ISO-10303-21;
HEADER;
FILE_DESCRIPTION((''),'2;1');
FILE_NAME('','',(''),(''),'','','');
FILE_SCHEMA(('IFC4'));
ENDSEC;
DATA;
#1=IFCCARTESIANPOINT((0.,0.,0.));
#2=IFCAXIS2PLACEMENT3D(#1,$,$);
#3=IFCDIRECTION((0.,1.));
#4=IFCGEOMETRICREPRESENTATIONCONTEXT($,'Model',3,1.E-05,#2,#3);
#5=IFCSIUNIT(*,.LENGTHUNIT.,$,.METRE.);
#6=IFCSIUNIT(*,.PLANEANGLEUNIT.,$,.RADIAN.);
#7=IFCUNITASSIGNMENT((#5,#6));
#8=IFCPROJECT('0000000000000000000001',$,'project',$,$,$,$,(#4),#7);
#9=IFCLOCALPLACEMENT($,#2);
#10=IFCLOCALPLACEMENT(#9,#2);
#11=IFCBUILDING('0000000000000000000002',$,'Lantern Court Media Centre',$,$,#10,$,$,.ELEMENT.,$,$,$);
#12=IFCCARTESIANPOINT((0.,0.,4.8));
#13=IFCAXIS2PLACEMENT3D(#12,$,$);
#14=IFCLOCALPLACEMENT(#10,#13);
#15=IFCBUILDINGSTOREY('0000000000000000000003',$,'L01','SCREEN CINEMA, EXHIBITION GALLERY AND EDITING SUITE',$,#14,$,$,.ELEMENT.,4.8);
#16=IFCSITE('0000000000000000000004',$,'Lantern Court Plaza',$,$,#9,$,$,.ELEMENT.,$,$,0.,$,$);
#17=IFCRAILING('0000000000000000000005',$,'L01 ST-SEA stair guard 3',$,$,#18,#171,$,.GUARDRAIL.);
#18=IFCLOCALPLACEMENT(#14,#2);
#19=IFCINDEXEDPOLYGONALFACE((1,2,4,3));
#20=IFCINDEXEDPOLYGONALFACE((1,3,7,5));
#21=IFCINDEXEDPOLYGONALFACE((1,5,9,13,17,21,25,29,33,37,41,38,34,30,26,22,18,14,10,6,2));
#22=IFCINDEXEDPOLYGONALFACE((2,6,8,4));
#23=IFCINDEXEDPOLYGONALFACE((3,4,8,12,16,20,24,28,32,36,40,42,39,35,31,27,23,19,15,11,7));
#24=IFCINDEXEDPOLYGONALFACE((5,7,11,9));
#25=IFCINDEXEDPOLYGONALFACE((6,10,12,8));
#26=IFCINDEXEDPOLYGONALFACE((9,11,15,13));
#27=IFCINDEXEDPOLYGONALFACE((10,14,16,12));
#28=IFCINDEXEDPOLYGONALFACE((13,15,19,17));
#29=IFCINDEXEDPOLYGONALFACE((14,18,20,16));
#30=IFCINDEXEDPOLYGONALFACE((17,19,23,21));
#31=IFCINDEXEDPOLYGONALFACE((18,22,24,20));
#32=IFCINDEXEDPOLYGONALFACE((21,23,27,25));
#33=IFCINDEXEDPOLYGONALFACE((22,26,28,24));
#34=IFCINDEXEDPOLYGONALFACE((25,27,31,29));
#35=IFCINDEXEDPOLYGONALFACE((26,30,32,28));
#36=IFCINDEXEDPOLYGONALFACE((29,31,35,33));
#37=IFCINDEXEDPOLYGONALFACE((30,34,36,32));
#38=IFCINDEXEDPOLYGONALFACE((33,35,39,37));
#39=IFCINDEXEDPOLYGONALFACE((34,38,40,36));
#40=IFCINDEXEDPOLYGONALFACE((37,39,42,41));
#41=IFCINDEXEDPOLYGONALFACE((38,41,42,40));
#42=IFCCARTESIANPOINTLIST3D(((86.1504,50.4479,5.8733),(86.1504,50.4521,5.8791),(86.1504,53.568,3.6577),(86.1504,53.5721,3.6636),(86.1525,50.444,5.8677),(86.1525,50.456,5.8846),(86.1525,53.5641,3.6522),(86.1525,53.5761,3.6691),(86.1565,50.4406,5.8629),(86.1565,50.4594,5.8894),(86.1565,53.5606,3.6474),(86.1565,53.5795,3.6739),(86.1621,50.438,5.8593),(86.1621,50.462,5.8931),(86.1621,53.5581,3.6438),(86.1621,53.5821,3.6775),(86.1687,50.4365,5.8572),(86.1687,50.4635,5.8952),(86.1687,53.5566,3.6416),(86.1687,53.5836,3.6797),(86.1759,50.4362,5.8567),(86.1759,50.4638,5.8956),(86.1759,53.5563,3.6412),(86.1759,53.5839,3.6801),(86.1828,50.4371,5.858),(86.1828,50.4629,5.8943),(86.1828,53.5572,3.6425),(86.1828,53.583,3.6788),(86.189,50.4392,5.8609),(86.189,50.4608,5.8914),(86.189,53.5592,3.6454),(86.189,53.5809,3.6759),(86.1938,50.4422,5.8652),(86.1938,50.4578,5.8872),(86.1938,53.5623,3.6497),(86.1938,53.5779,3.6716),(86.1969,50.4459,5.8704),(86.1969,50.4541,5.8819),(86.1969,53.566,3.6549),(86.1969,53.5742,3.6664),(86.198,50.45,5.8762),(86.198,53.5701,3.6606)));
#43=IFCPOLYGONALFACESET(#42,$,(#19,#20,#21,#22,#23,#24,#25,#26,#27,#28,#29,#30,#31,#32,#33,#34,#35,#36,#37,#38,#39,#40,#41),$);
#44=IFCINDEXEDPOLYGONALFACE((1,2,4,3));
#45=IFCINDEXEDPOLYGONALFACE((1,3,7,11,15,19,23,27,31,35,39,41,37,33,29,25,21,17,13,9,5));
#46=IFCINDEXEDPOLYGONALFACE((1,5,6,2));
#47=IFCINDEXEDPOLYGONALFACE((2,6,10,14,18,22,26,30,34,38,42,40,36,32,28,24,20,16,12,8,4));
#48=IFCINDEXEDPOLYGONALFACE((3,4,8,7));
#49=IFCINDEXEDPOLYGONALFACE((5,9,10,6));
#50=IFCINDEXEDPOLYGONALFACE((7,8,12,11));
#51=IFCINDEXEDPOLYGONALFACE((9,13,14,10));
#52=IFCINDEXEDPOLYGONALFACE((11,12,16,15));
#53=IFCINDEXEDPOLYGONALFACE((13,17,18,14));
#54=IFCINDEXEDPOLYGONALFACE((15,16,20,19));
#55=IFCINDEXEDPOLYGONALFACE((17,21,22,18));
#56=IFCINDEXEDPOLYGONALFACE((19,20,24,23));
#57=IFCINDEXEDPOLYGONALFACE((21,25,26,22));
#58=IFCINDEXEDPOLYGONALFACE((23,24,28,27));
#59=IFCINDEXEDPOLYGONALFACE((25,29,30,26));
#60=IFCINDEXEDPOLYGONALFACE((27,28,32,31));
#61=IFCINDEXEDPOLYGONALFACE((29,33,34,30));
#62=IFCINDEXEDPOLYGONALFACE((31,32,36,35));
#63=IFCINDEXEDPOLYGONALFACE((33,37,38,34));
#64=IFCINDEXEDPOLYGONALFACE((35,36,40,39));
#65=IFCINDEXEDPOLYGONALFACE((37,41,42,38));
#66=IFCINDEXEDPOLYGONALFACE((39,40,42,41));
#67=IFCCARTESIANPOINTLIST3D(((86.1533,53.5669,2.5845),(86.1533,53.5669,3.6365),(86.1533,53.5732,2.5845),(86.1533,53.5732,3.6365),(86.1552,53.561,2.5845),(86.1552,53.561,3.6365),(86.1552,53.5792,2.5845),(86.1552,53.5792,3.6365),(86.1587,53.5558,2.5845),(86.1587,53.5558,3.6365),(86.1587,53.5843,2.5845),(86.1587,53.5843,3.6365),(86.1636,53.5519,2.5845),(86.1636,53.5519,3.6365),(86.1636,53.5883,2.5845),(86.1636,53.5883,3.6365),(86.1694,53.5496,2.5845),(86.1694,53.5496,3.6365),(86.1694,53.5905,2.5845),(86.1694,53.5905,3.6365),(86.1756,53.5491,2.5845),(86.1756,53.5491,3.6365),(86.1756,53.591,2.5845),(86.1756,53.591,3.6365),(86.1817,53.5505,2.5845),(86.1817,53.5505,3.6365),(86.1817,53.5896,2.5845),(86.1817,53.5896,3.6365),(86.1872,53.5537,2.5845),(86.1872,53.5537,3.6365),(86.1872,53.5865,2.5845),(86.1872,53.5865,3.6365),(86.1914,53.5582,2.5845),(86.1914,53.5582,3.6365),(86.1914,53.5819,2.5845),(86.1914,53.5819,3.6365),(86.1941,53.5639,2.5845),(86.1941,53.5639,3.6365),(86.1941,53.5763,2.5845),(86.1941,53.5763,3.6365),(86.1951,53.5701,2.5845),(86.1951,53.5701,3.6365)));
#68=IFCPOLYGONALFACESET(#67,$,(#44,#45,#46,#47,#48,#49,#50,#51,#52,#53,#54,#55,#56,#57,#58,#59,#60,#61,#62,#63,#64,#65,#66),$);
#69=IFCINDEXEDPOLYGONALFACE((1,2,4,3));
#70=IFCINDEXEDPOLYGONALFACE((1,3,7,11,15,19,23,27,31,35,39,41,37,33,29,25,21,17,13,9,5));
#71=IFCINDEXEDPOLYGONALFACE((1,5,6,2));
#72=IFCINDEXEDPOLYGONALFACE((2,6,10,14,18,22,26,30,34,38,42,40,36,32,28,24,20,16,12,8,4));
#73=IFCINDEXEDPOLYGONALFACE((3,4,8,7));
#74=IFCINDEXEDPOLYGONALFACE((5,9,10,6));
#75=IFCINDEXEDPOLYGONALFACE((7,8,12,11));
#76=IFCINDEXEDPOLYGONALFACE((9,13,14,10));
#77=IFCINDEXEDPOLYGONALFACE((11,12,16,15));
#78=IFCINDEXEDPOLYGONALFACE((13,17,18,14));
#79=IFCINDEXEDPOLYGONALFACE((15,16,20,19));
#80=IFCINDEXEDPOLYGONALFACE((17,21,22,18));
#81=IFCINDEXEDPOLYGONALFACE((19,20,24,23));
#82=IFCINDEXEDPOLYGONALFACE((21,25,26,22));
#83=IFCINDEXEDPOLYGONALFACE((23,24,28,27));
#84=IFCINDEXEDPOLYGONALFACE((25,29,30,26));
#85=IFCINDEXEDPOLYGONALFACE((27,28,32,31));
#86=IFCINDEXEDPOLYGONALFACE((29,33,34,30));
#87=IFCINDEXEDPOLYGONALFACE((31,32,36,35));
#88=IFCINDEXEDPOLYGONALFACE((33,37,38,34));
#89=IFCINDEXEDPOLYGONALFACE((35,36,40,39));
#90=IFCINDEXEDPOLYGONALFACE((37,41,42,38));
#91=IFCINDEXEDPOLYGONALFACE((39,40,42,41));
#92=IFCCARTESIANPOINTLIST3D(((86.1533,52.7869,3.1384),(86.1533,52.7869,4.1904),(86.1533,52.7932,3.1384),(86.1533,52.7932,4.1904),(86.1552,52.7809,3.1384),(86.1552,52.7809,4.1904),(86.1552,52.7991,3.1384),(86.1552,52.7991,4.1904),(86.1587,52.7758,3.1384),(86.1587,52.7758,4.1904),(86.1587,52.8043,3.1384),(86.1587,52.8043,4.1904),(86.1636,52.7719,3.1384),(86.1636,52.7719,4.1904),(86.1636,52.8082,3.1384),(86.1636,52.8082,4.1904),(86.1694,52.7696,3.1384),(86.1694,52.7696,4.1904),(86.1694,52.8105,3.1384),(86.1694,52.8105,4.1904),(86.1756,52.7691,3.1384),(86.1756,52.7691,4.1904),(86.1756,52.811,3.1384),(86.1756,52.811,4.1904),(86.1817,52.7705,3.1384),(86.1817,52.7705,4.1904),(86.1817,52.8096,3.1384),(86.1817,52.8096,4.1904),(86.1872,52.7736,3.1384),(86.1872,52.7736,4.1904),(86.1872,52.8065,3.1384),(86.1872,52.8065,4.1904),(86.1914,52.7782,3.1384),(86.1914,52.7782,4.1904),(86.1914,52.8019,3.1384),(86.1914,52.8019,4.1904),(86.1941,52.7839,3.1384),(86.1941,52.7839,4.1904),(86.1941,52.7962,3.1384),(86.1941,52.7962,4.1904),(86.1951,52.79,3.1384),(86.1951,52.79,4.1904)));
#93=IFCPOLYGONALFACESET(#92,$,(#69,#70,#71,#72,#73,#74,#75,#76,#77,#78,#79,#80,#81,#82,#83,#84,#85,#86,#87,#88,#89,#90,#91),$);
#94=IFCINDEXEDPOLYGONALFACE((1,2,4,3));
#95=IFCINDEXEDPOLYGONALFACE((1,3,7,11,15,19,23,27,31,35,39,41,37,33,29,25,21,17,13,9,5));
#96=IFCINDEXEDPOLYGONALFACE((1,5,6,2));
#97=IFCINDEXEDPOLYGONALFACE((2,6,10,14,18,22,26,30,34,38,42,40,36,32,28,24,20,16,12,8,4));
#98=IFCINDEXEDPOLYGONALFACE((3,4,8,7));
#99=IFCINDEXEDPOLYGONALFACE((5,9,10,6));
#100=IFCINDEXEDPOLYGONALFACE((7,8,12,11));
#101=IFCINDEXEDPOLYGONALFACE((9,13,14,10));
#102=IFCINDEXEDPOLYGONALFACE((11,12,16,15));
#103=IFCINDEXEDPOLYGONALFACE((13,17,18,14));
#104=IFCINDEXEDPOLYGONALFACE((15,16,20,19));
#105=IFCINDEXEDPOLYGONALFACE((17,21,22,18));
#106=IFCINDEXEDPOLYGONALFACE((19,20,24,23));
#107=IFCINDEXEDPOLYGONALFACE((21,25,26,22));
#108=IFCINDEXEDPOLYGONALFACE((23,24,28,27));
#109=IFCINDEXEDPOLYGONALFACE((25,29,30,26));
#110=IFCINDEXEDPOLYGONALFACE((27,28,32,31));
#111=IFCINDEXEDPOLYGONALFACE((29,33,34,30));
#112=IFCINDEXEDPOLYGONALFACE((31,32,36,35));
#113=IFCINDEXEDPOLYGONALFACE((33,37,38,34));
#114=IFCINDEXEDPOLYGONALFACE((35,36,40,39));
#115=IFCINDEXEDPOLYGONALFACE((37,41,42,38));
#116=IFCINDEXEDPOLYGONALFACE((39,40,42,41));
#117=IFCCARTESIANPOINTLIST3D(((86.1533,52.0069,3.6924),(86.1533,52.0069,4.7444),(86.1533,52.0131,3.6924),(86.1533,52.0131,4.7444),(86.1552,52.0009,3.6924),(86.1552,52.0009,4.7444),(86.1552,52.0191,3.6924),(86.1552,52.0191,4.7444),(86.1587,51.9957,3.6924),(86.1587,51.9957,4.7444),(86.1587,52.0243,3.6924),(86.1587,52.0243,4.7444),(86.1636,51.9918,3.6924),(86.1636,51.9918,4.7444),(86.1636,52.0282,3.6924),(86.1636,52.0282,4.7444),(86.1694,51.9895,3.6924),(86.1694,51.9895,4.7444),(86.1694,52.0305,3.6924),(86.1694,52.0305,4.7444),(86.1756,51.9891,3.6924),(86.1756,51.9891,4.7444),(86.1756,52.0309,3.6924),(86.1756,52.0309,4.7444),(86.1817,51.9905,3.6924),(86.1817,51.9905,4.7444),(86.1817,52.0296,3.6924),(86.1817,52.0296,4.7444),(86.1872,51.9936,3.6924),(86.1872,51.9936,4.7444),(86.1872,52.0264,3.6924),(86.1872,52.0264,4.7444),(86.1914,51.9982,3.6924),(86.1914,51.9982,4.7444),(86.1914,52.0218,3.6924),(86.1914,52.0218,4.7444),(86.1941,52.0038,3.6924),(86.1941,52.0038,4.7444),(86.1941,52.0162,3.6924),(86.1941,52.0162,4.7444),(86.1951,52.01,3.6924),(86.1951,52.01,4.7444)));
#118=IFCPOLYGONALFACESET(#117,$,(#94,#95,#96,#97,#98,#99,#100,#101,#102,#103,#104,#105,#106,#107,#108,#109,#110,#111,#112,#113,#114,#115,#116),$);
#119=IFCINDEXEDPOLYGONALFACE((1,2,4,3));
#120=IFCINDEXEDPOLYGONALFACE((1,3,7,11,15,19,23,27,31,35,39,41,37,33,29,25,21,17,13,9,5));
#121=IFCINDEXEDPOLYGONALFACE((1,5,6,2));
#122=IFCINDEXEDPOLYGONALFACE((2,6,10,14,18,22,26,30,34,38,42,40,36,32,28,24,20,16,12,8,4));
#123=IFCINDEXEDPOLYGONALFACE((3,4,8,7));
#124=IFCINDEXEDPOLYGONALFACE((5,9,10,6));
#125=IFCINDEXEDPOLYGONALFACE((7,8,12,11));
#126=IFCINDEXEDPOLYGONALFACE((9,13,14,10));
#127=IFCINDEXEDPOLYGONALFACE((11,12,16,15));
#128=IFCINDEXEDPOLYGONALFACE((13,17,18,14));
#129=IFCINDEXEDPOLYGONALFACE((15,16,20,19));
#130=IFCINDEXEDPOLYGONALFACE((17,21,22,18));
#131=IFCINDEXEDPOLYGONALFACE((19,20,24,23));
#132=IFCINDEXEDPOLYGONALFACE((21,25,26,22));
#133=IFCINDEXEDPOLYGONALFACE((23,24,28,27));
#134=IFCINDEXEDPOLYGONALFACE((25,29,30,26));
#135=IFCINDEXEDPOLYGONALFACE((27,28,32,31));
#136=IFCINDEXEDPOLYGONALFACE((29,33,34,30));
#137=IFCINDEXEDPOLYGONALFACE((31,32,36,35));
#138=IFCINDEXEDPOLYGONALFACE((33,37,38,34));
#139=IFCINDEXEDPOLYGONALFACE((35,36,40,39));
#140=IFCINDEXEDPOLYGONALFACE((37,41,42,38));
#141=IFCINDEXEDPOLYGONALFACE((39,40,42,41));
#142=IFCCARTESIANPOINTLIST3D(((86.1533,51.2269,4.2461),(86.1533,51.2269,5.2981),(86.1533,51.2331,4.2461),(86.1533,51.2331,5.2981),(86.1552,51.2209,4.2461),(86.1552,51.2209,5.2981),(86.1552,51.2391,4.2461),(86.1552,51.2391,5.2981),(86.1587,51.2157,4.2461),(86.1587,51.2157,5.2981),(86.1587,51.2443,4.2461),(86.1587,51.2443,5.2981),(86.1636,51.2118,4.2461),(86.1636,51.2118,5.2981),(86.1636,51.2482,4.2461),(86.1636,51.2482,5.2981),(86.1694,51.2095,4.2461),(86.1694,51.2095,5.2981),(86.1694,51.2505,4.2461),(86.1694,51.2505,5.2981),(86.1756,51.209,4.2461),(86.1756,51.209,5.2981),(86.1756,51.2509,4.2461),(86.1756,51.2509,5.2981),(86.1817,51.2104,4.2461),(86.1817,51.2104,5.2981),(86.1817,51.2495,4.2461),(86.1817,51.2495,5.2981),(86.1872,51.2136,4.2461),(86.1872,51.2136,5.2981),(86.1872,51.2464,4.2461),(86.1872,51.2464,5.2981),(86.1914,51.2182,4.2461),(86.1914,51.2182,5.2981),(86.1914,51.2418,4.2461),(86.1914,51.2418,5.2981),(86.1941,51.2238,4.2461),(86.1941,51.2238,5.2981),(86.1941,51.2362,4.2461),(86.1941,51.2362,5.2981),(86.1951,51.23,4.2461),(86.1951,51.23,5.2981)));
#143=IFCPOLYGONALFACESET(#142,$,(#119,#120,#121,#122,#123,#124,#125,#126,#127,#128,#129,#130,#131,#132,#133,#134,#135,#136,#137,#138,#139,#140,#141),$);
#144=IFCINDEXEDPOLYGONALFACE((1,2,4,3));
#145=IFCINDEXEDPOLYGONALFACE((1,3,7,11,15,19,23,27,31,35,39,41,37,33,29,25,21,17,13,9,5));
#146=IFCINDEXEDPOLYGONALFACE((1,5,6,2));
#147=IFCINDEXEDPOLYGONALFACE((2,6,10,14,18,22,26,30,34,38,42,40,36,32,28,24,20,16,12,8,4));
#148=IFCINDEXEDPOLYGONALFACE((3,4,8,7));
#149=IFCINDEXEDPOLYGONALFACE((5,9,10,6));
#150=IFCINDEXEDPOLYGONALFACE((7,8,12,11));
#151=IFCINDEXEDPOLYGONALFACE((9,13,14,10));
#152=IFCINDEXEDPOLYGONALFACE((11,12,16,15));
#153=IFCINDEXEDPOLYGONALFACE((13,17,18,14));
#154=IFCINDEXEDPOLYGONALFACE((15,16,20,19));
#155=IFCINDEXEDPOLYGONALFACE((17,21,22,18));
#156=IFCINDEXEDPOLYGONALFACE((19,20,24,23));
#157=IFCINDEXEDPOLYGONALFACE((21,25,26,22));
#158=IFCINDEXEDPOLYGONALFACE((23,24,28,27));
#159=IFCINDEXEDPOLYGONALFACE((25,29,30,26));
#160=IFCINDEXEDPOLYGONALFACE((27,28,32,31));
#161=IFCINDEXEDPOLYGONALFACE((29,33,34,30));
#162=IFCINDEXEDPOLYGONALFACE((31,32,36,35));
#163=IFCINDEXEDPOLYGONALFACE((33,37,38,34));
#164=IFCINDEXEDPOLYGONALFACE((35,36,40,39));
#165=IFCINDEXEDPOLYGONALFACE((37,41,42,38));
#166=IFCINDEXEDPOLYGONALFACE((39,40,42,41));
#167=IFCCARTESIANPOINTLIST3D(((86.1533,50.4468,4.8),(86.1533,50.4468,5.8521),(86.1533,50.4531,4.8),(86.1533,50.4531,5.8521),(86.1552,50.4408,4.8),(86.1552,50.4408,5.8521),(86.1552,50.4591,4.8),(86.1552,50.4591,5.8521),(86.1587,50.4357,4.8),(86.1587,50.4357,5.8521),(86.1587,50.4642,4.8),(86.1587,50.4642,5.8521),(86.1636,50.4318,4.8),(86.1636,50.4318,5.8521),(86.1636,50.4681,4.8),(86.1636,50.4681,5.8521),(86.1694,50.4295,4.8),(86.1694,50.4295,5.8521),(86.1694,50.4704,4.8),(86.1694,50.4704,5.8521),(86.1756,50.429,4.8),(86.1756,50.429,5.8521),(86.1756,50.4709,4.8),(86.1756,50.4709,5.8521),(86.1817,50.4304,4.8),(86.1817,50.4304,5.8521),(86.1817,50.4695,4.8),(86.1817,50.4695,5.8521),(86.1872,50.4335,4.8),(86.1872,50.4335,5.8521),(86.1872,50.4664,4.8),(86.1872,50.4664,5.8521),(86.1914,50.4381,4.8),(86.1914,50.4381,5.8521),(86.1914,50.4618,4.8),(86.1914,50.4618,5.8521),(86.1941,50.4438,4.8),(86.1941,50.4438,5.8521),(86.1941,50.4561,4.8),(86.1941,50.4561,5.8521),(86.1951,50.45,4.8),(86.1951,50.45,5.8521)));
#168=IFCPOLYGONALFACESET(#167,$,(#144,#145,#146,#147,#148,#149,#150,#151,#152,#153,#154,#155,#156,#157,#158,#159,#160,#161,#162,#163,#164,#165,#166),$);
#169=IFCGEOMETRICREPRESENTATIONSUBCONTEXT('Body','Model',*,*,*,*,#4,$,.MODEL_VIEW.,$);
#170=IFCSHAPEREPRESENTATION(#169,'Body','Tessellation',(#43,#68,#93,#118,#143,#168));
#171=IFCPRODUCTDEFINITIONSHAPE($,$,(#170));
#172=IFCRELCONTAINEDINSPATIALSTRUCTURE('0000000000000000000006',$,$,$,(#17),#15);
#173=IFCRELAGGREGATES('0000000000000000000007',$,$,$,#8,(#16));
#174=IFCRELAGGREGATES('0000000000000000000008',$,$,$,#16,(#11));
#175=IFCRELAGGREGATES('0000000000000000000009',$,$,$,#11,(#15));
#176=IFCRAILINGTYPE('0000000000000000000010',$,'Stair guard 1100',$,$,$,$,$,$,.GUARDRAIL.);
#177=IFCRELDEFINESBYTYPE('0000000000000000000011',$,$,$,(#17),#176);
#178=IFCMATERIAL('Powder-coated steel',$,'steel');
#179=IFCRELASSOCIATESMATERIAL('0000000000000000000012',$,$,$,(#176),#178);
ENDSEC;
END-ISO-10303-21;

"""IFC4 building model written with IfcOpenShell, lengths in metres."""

from ifc_helpers import new_model, si_unit, direction, frame, origin, origin_2d, place, context, subcontext, project, spatial, circle, extrude, material, type_object, element, save


model = new_model("IFC4")

# Units and contexts
model_context = context("Model", 3, precision=1e-05, world=origin(), true_north=direction((0.0, 1.0)))
body_context = subcontext(model_context, "Body", "Model", "MODEL_VIEW")
ifc_project = project(units=[si_unit("LENGTHUNIT", "METRE"), si_unit("PLANEANGLEUNIT", "RADIAN")], contexts=[model_context])

# Site, building, storey
site_placement = place(None, origin())
site = spatial("IfcSite", under=ifc_project, at=site_placement, Name="Lantern Court Plaza", CompositionType="ELEMENT", RefElevation=0.0)
building_placement = place(site_placement, origin())
building = spatial("IfcBuilding", under=site, at=building_placement, Name="Lantern Court Media Centre", CompositionType="ELEMENT")
storey_placement = place(building_placement, frame((0.0, 0.0, 4.8)))
storey = spatial("IfcBuildingStorey", under=building, at=storey_placement, Name="L01", Description="SCREEN CINEMA, EXHIBITION GALLERY AND EDITING SUITE", CompositionType="ELEMENT", Elevation=4.8)

# Railing
ifc_material_1 = material(Name="Powder-coated steel", Category="steel")
railing_type_1 = type_object("IfcRailingType", Name="Stair guard 1100", PredefinedType="GUARDRAIL", material=ifc_material_1)
railing_1_placement = place(storey_placement, frame((86.1741, 53.5701, 2.5845)))
element("IfcRailing", 1, at=railing_1_placement, inside=storey, type_object=railing_type_1, Name="L01 ST-SEA stair guard 3", PredefinedType="GUARDRAIL", context=body_context, shape_type="SweptSolid", body=[
    extrude(circle(Radius=0.0239, at=origin_2d()), frame((0.0, 0.0, 1.0762), z_axis=(0.0, -0.815347, 0.578973), x_axis=(1.0, 0.0, 0.0)), (0.0, 0.0, 1.0), 3.8267),
    extrude(circle(Radius=0.021, at=origin_2d()), origin(), (0.0, 0.0, 1.0), 1.052),
    extrude(circle(Radius=0.021, at=origin_2d()), frame((0.0, -0.78, 0.554)), (0.0, 0.0, 1.0), 1.052),
    extrude(circle(Radius=0.021, at=origin_2d()), frame((0.0, -1.5601, 1.1079)), (0.0, 0.0, 1.0), 1.052),
    extrude(circle(Radius=0.021, at=origin_2d()), frame((0.0, -2.3401, 1.6616)), (0.0, 0.0, 1.0), 1.052),
    extrude(circle(Radius=0.021, at=origin_2d()), frame((0.0, -3.1201, 2.2156)), (0.0, 0.0, 1.0), 1.052),
])

save(model, "model.ifc")
